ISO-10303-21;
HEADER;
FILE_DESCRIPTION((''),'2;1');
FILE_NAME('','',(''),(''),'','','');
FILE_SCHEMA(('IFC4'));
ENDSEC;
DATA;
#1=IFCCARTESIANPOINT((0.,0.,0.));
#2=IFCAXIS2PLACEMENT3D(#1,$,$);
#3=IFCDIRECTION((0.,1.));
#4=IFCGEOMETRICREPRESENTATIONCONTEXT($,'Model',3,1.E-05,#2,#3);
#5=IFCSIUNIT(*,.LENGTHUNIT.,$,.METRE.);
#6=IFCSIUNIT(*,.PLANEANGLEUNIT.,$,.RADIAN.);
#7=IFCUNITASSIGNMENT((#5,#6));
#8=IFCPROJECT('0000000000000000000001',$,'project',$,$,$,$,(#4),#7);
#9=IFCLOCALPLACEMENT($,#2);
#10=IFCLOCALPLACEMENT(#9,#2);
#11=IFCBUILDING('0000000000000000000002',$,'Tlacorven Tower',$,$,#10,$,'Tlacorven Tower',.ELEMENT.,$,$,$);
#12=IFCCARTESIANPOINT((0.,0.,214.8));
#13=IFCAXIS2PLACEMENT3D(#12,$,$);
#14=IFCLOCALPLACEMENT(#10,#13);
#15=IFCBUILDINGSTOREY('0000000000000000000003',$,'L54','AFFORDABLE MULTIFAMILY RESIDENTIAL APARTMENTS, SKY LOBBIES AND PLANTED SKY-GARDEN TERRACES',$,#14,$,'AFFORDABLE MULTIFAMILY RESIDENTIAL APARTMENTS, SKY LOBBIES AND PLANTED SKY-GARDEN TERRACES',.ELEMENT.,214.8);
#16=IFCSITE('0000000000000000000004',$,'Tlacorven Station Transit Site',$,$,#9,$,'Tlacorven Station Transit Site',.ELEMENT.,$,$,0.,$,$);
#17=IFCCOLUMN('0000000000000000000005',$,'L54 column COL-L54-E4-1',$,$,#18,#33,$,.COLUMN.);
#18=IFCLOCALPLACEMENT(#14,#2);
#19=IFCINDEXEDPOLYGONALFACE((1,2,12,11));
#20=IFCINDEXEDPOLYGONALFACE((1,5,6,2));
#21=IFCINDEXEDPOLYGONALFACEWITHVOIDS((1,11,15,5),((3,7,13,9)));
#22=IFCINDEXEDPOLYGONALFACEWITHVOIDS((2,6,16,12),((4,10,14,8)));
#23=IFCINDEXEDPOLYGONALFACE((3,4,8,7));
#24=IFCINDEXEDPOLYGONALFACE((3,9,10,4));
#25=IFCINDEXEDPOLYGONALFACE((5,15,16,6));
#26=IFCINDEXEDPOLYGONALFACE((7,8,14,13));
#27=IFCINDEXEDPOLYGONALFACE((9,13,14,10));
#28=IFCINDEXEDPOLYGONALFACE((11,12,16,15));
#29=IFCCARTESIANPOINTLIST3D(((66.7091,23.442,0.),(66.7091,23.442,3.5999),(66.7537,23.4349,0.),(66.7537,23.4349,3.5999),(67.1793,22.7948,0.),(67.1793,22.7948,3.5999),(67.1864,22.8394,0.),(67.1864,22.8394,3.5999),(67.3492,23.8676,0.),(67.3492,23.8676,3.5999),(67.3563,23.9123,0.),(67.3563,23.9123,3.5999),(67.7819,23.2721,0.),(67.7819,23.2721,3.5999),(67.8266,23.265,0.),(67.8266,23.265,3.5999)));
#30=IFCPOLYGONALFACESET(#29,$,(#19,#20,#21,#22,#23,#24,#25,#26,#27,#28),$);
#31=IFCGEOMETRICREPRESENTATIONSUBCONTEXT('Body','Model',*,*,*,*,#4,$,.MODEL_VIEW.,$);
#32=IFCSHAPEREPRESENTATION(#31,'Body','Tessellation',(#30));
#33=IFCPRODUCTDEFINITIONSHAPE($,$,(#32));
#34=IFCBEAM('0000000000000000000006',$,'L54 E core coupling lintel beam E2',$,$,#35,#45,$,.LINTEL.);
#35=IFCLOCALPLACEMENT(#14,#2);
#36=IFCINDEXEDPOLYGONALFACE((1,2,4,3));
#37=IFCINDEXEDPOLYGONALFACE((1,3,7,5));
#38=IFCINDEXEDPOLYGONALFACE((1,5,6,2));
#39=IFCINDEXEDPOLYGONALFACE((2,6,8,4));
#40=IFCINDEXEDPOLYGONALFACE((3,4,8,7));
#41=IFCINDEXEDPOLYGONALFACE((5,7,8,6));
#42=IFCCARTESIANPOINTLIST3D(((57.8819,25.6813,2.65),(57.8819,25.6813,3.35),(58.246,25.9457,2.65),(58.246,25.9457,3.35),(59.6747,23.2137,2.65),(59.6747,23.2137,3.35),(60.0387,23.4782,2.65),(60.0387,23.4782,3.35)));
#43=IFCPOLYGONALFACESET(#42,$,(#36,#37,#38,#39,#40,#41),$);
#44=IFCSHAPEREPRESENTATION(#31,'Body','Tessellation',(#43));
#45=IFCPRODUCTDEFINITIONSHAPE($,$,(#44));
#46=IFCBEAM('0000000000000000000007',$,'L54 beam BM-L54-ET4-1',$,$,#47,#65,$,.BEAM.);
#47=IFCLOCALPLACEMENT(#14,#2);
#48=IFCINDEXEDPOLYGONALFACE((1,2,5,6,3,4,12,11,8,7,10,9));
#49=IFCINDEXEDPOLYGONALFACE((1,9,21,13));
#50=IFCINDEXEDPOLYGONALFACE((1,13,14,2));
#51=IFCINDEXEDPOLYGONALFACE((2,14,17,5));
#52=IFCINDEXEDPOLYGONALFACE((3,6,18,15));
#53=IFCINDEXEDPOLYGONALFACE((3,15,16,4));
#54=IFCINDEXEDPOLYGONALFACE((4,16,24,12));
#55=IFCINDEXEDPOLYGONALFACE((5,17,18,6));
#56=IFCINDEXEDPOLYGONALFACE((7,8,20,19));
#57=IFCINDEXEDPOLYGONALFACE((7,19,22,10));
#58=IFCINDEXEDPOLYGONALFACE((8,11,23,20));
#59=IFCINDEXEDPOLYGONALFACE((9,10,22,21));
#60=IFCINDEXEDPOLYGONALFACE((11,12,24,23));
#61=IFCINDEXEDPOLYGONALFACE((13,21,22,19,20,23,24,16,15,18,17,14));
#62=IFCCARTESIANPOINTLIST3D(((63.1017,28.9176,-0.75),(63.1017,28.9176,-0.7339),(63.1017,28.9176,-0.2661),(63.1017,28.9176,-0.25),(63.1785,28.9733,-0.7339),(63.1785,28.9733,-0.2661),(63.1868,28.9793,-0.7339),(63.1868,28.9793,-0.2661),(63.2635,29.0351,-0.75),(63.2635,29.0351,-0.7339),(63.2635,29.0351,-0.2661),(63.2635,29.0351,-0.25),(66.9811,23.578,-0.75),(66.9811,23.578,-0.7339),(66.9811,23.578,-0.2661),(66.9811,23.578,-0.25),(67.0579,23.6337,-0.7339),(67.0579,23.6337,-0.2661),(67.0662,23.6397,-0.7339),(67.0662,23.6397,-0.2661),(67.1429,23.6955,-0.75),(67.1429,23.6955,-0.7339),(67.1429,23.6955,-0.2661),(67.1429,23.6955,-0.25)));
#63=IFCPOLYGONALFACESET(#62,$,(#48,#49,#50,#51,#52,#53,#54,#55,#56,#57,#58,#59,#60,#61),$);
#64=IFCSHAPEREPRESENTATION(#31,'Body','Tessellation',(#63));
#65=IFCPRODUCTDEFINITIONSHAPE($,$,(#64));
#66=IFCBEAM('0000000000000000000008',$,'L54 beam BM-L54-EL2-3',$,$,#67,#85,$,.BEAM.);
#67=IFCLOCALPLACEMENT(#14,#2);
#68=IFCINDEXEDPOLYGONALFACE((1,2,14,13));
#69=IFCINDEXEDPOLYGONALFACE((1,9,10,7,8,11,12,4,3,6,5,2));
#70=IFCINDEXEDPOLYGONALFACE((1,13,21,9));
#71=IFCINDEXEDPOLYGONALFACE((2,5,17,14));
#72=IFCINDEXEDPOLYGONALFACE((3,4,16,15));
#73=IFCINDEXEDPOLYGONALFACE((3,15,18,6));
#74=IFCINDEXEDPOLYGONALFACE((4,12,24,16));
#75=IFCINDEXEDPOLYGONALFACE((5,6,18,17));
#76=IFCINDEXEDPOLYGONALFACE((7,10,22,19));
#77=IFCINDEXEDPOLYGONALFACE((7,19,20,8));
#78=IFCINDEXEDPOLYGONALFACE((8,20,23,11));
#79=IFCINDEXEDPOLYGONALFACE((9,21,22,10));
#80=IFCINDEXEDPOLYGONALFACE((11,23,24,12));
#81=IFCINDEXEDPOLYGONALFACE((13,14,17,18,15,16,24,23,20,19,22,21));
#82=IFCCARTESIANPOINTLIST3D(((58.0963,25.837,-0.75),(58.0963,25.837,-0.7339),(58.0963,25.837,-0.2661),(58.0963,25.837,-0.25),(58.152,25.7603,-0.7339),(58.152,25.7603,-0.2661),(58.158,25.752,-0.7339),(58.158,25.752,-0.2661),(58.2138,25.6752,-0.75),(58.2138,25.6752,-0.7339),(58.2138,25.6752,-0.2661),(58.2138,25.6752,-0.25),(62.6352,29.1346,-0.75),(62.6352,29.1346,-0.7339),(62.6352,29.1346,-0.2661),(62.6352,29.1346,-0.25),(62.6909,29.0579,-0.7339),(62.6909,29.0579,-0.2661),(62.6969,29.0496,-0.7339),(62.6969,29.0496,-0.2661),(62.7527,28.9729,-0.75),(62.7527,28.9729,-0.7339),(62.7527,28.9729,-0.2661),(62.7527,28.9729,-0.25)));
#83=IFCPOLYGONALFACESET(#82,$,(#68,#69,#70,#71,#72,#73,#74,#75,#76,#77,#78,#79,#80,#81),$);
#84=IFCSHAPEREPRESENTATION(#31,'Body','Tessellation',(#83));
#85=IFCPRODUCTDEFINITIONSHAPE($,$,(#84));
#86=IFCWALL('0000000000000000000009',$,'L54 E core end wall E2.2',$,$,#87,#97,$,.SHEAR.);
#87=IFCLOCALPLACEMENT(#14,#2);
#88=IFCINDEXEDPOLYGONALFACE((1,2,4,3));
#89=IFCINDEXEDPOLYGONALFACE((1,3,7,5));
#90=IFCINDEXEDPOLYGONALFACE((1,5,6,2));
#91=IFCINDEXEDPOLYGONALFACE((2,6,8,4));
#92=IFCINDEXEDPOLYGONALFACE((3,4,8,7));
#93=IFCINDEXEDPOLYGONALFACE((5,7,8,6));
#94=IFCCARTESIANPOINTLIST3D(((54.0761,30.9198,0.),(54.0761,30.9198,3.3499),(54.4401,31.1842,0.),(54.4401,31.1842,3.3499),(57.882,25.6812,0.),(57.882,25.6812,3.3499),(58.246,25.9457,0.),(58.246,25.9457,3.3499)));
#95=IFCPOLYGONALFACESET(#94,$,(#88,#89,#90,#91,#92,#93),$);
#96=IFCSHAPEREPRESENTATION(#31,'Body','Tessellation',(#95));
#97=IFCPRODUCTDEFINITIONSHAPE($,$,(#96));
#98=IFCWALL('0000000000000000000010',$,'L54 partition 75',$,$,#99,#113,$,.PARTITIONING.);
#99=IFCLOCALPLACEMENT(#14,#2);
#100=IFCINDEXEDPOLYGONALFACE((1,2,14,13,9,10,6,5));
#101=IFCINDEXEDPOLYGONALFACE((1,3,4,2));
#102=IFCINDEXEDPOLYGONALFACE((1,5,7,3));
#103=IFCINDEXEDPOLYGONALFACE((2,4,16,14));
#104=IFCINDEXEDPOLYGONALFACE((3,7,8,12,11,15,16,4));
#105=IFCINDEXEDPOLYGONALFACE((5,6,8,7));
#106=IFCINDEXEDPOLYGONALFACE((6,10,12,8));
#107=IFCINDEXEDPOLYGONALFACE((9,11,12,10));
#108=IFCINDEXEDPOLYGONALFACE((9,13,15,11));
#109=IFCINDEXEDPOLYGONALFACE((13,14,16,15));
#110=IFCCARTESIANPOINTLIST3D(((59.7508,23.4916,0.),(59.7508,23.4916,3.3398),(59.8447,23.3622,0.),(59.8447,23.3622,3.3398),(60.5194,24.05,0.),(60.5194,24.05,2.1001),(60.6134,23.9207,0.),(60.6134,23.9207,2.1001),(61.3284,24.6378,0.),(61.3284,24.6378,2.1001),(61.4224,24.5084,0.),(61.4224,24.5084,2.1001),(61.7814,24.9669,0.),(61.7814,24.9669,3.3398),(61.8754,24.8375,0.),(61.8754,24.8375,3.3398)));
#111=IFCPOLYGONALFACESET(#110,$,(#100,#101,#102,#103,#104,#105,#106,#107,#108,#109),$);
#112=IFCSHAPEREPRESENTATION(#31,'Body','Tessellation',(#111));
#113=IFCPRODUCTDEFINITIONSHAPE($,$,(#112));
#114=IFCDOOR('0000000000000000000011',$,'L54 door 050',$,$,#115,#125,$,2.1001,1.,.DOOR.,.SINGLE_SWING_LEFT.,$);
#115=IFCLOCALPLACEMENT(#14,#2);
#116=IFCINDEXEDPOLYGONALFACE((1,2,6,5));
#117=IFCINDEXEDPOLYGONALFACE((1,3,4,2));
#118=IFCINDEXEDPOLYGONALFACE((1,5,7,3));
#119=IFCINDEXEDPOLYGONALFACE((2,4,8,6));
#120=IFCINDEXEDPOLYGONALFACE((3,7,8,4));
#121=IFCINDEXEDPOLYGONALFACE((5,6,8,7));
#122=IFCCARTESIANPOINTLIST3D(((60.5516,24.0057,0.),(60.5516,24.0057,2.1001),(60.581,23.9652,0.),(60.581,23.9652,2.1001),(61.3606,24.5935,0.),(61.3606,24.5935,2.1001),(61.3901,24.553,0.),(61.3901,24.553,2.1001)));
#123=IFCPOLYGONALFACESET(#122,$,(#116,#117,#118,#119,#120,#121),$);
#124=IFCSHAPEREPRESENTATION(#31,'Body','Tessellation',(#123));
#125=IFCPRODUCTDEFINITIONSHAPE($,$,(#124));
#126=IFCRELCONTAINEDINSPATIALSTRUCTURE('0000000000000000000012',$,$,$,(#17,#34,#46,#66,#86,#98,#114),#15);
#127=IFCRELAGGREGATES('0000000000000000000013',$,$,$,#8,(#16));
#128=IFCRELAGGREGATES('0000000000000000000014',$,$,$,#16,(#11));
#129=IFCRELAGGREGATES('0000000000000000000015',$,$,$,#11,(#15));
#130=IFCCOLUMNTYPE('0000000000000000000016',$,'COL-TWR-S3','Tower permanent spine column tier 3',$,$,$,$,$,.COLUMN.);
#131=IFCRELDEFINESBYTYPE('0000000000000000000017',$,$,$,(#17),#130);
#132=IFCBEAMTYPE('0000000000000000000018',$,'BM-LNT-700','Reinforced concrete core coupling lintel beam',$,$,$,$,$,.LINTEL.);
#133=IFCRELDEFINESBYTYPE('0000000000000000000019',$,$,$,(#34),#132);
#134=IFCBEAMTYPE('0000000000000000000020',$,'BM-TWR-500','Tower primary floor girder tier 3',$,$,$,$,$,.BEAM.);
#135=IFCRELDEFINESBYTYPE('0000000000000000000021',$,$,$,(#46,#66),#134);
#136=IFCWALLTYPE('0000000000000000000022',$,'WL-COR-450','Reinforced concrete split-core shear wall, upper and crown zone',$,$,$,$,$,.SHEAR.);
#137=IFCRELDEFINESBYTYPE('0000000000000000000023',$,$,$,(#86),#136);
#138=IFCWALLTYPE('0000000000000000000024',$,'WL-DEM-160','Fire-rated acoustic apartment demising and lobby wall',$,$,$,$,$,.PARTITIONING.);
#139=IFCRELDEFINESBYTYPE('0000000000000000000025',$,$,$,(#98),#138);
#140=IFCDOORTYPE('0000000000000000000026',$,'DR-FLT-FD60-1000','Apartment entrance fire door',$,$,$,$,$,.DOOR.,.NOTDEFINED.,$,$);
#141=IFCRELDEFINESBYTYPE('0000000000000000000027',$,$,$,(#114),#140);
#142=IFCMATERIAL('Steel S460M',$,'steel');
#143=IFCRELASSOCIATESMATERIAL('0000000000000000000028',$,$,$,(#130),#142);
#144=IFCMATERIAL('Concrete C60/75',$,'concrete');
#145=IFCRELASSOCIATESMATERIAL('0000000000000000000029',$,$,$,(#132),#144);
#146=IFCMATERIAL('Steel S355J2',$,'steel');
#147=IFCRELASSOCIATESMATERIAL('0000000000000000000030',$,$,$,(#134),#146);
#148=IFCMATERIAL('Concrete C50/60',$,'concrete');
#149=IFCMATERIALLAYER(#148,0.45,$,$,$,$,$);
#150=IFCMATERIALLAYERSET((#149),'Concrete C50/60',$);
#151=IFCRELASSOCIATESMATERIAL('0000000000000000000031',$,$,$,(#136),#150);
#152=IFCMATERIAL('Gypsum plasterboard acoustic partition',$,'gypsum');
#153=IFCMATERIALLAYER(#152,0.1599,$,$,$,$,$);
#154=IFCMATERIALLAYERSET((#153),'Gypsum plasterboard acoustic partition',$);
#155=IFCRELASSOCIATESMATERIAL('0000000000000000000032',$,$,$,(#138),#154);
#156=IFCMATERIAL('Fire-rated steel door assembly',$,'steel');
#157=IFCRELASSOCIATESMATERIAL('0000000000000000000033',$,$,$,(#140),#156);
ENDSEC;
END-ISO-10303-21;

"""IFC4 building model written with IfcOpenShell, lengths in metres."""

from ifc_helpers import new_model, si_unit, direction, frame, frame_2d, origin, origin_2d, place, context, subcontext, project, spatial, rectangle, hollow_rectangle, i_section, extrude, source, transform, mapped, material, layer, layer_set, material_profile, profile_set, type_object, element, fill, save


model = new_model("IFC4")

# Units and contexts
model_context = context("Model", 3, precision=1e-05, world=origin(), true_north=direction((0.0, 1.0)))
body_context = subcontext(model_context, "Body", "Model", "MODEL_VIEW")
ifc_project = project(units=[si_unit("LENGTHUNIT", "METRE"), si_unit("PLANEANGLEUNIT", "RADIAN")], contexts=[model_context])

# Site, building, storey
site_placement = place(None, origin())
site = spatial("IfcSite", under=ifc_project, at=site_placement, Name="Tlacorven Station Transit Site", LongName="Tlacorven Station Transit Site", CompositionType="ELEMENT", RefElevation=0.0)
building_placement = place(site_placement, origin())
building = spatial("IfcBuilding", under=site, at=building_placement, Name="Tlacorven Tower", LongName="Tlacorven Tower", CompositionType="ELEMENT")
storey_placement = place(building_placement, frame((0.0, 0.0, 214.8)))
storey = spatial("IfcBuildingStorey", under=building, at=storey_placement, Name="L54", Description="AFFORDABLE MULTIFAMILY RESIDENTIAL APARTMENTS, SKY LOBBIES AND PLANTED SKY-GARDEN TERRACES", LongName="AFFORDABLE MULTIFAMILY RESIDENTIAL APARTMENTS, SKY LOBBIES AND PLANTED SKY-GARDEN TERRACES", CompositionType="ELEMENT", Elevation=214.8)

# Column
ifc_material_1 = material(Name="Steel S460M", Category="steel")
ifc_material_profile_1 = material_profile(ifc_material_1, hollow_rectangle(XDim=0.8, YDim=0.8, WallThickness=0.032, at=origin_2d()), Name="BOX 800X800X32")
ifc_profile_set_1 = profile_set([ifc_material_profile_1], Name="Steel S460M")
column_type = type_object("IfcColumnType", Name="COL-TWR-S3", Description="Tower permanent spine column tier 3", PredefinedType="COLUMN", material=ifc_profile_set_1)
shared_shape_1 = source(origin(), body_context, "Body", "SweptSolid", [
    extrude(hollow_rectangle(XDim=0.8, YDim=0.8, WallThickness=0.032, at=origin_2d()), origin(), (0.0, 0.0, 1.0), 3.5999),
])
column_placement = place(storey_placement, frame((67.2678, 23.3535, 0.0), z_axis=(0.0, 0.0, 1.0), x_axis=(0.809017, 0.587785, 0.0)))
element("IfcColumn", 1, at=column_placement, inside=storey, type_object=column_type, Name="L54 column COL-L54-E4-1", PredefinedType="COLUMN", context=body_context, shape_type="MappedRepresentation", body=[
    mapped(shared_shape_1, transform((0.0, 0.0, 0.0), scale=1.0)),
])

# Beams
ifc_material_2 = material(Name="Concrete C60/75", Category="concrete")
ifc_material_profile_2 = material_profile(ifc_material_2, rectangle(XDim=0.45, YDim=0.7, at=origin_2d()), Name="RC 450X700")
ifc_profile_set_2 = profile_set([ifc_material_profile_2], Name="Concrete C60/75")
beam_type_1 = type_object("IfcBeamType", Name="BM-LNT-700", Description="Reinforced concrete core coupling lintel beam", PredefinedType="LINTEL", material=ifc_profile_set_2)
shared_shape_2 = source(origin(), body_context, "Body", "SweptSolid", [
    extrude(rectangle(XDim=0.45, YDim=0.7, at=origin_2d()), origin(), (0.0, 0.0, 1.0), 3.05),
])
beam_1_placement = place(storey_placement, frame((59.8567, 23.3459, 3.0), z_axis=(-0.587777, 0.809023, 0.0), x_axis=(-0.809023, -0.587777, 0.0)))
element("IfcBeam", 2, at=beam_1_placement, inside=storey, type_object=beam_type_1, Name="L54 E core coupling lintel beam E2", PredefinedType="LINTEL", context=body_context, shape_type="MappedRepresentation", body=[
    mapped(shared_shape_2, transform((0.0, 0.0, 0.0), scale=1.0)),
])
ifc_material_3 = material(Name="Steel S355J2", Category="steel")
ifc_material_profile_3 = material_profile(ifc_material_3, i_section(OverallWidth=0.2, OverallDepth=0.5, WebThickness=0.0103, FlangeThickness=0.0161, at=origin_2d()), Name="IPE 500")
ifc_profile_set_3 = profile_set([ifc_material_profile_3], Name="Steel S355J2")
beam_type_2 = type_object("IfcBeamType", Name="BM-TWR-500", Description="Tower primary floor girder tier 3", PredefinedType="BEAM", material=ifc_profile_set_3)
shared_shape_3 = source(origin(), body_context, "Body", "SweptSolid", [
    extrude(i_section(OverallWidth=0.2, OverallDepth=0.5, WebThickness=0.0103, FlangeThickness=0.0161, at=origin_2d()), origin(), (0.0, 0.0, 1.0), 6.6001),
])
beam_2_placement = place(storey_placement, frame((67.062, 23.6367, -0.5), z_axis=(-0.58778, 0.809021, 0.0), x_axis=(-0.809021, -0.58778, 0.0)))
element("IfcBeam", 3, at=beam_2_placement, inside=storey, type_object=beam_type_2, Name="L54 beam BM-L54-ET4-1", PredefinedType="BEAM", context=body_context, shape_type="MappedRepresentation", body=[
    mapped(shared_shape_3, transform((0.0, 0.0, 0.0), scale=1.0)),
])
shared_shape_4 = source(origin(), body_context, "Body", "SweptSolid", [
    extrude(i_section(OverallWidth=0.2, OverallDepth=0.5, WebThickness=0.0103, FlangeThickness=0.0161, at=origin_2d()), origin(), (0.0, 0.0, 1.0), 5.6104),
])
beam_3_placement = place(storey_placement, frame((58.155, 25.7561, -0.5), z_axis=(0.80902, 0.587781, 0.0), x_axis=(-0.587781, 0.80902, 0.0)))
element("IfcBeam", 4, at=beam_3_placement, inside=storey, type_object=beam_type_2, Name="L54 beam BM-L54-EL2-3", PredefinedType="BEAM", context=body_context, shape_type="MappedRepresentation", body=[
    mapped(shared_shape_4, transform((0.0, 0.0, 0.0), scale=1.0)),
])

# Wall
ifc_material_4 = material(Name="Concrete C50/60", Category="concrete")
ifc_layer_1 = layer(ifc_material_4, 0.45)
ifc_layer_set_1 = layer_set([ifc_layer_1], Name="Concrete C50/60")
wall_type_1 = type_object("IfcWallType", Name="WL-COR-450", Description="Reinforced concrete split-core shear wall, upper and crown zone", PredefinedType="SHEAR", material=ifc_layer_set_1)
wall_1_placement = place(storey_placement, frame((58.064, 25.8135, 0.0), z_axis=(0.0, 0.0, 1.0), x_axis=(-0.587775, 0.809025, 0.0)))
element("IfcWall", 5, at=wall_1_placement, inside=storey, type_object=wall_type_1, Name="L54 E core end wall E2.2", PredefinedType="SHEAR", context=body_context, shape_type="SweptSolid", body=[
    extrude(rectangle(XDim=6.4751, YDim=0.45, at=frame_2d((3.2375, 0.0))), origin(), (0.0, 0.0, 1.0), 3.3499),
])

# Wall, opening, door
ifc_material_5 = material(Name="Gypsum plasterboard acoustic partition", Category="gypsum")
ifc_layer_2 = layer(ifc_material_5, 0.1599)
ifc_layer_set_2 = layer_set([ifc_layer_2], Name="Gypsum plasterboard acoustic partition")
wall_type_2 = type_object("IfcWallType", Name="WL-DEM-160", Description="Fire-rated acoustic apartment demising and lobby wall", PredefinedType="PARTITIONING", material=ifc_layer_set_2)
wall_2_placement = place(storey_placement, frame((59.7979, 23.427, 0.0), z_axis=(0.0, 0.0, 1.0), x_axis=(0.809035, 0.587761, 0.0)))
wall_2 = element("IfcWall", 6, at=wall_2_placement, inside=storey, type_object=wall_type_2, Name="L54 partition 75", PredefinedType="PARTITIONING", context=body_context, shape_type="SweptSolid", body=[
    extrude(rectangle(XDim=2.51, YDim=0.1599, at=frame_2d((1.2549, 0.0))), origin(), (0.0, 0.0, 1.0), 3.3398),
])
opening_1_placement = place(wall_2_placement, frame((0.95, 0.0, 0.0)))
opening_1 = element("IfcOpeningElement", 7, at=opening_1_placement, cuts=wall_2, PredefinedType="OPENING", context=body_context, shape_type="SweptSolid", body=[
    extrude(rectangle(XDim=1.0, YDim=2.1001, at=frame_2d((0.5, 1.05))), frame((0.0, 0.0898, 0.0), z_axis=(0.0, -1.0, 0.0), x_axis=(1.0, 0.0, 0.0)), (0.0, 0.0, 1.0), 0.1799),
])
ifc_material_6 = material(Name="Fire-rated steel door assembly", Category="steel")
door_type_1 = type_object("IfcDoorType", Name="DR-FLT-FD60-1000", Description="Apartment entrance fire door", OperationType="NOTDEFINED", PredefinedType="DOOR", material=ifc_material_6)
shared_shape_5 = source(origin(), body_context, "Body", "SweptSolid", [
    extrude(rectangle(XDim=1.0, YDim=2.1001, at=frame_2d((0.5, 1.05))), frame((0.0, 0.0249, 0.0), z_axis=(0.0, -1.0, 0.0), x_axis=(1.0, 0.0, 0.0)), (0.0, 0.0, 1.0), 0.05),
])
door_1_placement = place(opening_1_placement, frame((1.0, 0.0, 0.0), z_axis=(0.0, 0.0, 1.0), x_axis=(-1.0, 0.0, 0.0)))
door_1 = element("IfcDoor", 8, at=door_1_placement, inside=storey, type_object=door_type_1, Name="L54 door 050", OperationType="SINGLE_SWING_LEFT", OverallHeight=2.1001, OverallWidth=1.0, PredefinedType="DOOR", context=body_context, shape_type="MappedRepresentation", body=[
    mapped(shared_shape_5, transform((0.0, 0.0, 0.0), scale=1.0)),
])
fill(opening_1, door_1)

save(model, "model.ifc")
